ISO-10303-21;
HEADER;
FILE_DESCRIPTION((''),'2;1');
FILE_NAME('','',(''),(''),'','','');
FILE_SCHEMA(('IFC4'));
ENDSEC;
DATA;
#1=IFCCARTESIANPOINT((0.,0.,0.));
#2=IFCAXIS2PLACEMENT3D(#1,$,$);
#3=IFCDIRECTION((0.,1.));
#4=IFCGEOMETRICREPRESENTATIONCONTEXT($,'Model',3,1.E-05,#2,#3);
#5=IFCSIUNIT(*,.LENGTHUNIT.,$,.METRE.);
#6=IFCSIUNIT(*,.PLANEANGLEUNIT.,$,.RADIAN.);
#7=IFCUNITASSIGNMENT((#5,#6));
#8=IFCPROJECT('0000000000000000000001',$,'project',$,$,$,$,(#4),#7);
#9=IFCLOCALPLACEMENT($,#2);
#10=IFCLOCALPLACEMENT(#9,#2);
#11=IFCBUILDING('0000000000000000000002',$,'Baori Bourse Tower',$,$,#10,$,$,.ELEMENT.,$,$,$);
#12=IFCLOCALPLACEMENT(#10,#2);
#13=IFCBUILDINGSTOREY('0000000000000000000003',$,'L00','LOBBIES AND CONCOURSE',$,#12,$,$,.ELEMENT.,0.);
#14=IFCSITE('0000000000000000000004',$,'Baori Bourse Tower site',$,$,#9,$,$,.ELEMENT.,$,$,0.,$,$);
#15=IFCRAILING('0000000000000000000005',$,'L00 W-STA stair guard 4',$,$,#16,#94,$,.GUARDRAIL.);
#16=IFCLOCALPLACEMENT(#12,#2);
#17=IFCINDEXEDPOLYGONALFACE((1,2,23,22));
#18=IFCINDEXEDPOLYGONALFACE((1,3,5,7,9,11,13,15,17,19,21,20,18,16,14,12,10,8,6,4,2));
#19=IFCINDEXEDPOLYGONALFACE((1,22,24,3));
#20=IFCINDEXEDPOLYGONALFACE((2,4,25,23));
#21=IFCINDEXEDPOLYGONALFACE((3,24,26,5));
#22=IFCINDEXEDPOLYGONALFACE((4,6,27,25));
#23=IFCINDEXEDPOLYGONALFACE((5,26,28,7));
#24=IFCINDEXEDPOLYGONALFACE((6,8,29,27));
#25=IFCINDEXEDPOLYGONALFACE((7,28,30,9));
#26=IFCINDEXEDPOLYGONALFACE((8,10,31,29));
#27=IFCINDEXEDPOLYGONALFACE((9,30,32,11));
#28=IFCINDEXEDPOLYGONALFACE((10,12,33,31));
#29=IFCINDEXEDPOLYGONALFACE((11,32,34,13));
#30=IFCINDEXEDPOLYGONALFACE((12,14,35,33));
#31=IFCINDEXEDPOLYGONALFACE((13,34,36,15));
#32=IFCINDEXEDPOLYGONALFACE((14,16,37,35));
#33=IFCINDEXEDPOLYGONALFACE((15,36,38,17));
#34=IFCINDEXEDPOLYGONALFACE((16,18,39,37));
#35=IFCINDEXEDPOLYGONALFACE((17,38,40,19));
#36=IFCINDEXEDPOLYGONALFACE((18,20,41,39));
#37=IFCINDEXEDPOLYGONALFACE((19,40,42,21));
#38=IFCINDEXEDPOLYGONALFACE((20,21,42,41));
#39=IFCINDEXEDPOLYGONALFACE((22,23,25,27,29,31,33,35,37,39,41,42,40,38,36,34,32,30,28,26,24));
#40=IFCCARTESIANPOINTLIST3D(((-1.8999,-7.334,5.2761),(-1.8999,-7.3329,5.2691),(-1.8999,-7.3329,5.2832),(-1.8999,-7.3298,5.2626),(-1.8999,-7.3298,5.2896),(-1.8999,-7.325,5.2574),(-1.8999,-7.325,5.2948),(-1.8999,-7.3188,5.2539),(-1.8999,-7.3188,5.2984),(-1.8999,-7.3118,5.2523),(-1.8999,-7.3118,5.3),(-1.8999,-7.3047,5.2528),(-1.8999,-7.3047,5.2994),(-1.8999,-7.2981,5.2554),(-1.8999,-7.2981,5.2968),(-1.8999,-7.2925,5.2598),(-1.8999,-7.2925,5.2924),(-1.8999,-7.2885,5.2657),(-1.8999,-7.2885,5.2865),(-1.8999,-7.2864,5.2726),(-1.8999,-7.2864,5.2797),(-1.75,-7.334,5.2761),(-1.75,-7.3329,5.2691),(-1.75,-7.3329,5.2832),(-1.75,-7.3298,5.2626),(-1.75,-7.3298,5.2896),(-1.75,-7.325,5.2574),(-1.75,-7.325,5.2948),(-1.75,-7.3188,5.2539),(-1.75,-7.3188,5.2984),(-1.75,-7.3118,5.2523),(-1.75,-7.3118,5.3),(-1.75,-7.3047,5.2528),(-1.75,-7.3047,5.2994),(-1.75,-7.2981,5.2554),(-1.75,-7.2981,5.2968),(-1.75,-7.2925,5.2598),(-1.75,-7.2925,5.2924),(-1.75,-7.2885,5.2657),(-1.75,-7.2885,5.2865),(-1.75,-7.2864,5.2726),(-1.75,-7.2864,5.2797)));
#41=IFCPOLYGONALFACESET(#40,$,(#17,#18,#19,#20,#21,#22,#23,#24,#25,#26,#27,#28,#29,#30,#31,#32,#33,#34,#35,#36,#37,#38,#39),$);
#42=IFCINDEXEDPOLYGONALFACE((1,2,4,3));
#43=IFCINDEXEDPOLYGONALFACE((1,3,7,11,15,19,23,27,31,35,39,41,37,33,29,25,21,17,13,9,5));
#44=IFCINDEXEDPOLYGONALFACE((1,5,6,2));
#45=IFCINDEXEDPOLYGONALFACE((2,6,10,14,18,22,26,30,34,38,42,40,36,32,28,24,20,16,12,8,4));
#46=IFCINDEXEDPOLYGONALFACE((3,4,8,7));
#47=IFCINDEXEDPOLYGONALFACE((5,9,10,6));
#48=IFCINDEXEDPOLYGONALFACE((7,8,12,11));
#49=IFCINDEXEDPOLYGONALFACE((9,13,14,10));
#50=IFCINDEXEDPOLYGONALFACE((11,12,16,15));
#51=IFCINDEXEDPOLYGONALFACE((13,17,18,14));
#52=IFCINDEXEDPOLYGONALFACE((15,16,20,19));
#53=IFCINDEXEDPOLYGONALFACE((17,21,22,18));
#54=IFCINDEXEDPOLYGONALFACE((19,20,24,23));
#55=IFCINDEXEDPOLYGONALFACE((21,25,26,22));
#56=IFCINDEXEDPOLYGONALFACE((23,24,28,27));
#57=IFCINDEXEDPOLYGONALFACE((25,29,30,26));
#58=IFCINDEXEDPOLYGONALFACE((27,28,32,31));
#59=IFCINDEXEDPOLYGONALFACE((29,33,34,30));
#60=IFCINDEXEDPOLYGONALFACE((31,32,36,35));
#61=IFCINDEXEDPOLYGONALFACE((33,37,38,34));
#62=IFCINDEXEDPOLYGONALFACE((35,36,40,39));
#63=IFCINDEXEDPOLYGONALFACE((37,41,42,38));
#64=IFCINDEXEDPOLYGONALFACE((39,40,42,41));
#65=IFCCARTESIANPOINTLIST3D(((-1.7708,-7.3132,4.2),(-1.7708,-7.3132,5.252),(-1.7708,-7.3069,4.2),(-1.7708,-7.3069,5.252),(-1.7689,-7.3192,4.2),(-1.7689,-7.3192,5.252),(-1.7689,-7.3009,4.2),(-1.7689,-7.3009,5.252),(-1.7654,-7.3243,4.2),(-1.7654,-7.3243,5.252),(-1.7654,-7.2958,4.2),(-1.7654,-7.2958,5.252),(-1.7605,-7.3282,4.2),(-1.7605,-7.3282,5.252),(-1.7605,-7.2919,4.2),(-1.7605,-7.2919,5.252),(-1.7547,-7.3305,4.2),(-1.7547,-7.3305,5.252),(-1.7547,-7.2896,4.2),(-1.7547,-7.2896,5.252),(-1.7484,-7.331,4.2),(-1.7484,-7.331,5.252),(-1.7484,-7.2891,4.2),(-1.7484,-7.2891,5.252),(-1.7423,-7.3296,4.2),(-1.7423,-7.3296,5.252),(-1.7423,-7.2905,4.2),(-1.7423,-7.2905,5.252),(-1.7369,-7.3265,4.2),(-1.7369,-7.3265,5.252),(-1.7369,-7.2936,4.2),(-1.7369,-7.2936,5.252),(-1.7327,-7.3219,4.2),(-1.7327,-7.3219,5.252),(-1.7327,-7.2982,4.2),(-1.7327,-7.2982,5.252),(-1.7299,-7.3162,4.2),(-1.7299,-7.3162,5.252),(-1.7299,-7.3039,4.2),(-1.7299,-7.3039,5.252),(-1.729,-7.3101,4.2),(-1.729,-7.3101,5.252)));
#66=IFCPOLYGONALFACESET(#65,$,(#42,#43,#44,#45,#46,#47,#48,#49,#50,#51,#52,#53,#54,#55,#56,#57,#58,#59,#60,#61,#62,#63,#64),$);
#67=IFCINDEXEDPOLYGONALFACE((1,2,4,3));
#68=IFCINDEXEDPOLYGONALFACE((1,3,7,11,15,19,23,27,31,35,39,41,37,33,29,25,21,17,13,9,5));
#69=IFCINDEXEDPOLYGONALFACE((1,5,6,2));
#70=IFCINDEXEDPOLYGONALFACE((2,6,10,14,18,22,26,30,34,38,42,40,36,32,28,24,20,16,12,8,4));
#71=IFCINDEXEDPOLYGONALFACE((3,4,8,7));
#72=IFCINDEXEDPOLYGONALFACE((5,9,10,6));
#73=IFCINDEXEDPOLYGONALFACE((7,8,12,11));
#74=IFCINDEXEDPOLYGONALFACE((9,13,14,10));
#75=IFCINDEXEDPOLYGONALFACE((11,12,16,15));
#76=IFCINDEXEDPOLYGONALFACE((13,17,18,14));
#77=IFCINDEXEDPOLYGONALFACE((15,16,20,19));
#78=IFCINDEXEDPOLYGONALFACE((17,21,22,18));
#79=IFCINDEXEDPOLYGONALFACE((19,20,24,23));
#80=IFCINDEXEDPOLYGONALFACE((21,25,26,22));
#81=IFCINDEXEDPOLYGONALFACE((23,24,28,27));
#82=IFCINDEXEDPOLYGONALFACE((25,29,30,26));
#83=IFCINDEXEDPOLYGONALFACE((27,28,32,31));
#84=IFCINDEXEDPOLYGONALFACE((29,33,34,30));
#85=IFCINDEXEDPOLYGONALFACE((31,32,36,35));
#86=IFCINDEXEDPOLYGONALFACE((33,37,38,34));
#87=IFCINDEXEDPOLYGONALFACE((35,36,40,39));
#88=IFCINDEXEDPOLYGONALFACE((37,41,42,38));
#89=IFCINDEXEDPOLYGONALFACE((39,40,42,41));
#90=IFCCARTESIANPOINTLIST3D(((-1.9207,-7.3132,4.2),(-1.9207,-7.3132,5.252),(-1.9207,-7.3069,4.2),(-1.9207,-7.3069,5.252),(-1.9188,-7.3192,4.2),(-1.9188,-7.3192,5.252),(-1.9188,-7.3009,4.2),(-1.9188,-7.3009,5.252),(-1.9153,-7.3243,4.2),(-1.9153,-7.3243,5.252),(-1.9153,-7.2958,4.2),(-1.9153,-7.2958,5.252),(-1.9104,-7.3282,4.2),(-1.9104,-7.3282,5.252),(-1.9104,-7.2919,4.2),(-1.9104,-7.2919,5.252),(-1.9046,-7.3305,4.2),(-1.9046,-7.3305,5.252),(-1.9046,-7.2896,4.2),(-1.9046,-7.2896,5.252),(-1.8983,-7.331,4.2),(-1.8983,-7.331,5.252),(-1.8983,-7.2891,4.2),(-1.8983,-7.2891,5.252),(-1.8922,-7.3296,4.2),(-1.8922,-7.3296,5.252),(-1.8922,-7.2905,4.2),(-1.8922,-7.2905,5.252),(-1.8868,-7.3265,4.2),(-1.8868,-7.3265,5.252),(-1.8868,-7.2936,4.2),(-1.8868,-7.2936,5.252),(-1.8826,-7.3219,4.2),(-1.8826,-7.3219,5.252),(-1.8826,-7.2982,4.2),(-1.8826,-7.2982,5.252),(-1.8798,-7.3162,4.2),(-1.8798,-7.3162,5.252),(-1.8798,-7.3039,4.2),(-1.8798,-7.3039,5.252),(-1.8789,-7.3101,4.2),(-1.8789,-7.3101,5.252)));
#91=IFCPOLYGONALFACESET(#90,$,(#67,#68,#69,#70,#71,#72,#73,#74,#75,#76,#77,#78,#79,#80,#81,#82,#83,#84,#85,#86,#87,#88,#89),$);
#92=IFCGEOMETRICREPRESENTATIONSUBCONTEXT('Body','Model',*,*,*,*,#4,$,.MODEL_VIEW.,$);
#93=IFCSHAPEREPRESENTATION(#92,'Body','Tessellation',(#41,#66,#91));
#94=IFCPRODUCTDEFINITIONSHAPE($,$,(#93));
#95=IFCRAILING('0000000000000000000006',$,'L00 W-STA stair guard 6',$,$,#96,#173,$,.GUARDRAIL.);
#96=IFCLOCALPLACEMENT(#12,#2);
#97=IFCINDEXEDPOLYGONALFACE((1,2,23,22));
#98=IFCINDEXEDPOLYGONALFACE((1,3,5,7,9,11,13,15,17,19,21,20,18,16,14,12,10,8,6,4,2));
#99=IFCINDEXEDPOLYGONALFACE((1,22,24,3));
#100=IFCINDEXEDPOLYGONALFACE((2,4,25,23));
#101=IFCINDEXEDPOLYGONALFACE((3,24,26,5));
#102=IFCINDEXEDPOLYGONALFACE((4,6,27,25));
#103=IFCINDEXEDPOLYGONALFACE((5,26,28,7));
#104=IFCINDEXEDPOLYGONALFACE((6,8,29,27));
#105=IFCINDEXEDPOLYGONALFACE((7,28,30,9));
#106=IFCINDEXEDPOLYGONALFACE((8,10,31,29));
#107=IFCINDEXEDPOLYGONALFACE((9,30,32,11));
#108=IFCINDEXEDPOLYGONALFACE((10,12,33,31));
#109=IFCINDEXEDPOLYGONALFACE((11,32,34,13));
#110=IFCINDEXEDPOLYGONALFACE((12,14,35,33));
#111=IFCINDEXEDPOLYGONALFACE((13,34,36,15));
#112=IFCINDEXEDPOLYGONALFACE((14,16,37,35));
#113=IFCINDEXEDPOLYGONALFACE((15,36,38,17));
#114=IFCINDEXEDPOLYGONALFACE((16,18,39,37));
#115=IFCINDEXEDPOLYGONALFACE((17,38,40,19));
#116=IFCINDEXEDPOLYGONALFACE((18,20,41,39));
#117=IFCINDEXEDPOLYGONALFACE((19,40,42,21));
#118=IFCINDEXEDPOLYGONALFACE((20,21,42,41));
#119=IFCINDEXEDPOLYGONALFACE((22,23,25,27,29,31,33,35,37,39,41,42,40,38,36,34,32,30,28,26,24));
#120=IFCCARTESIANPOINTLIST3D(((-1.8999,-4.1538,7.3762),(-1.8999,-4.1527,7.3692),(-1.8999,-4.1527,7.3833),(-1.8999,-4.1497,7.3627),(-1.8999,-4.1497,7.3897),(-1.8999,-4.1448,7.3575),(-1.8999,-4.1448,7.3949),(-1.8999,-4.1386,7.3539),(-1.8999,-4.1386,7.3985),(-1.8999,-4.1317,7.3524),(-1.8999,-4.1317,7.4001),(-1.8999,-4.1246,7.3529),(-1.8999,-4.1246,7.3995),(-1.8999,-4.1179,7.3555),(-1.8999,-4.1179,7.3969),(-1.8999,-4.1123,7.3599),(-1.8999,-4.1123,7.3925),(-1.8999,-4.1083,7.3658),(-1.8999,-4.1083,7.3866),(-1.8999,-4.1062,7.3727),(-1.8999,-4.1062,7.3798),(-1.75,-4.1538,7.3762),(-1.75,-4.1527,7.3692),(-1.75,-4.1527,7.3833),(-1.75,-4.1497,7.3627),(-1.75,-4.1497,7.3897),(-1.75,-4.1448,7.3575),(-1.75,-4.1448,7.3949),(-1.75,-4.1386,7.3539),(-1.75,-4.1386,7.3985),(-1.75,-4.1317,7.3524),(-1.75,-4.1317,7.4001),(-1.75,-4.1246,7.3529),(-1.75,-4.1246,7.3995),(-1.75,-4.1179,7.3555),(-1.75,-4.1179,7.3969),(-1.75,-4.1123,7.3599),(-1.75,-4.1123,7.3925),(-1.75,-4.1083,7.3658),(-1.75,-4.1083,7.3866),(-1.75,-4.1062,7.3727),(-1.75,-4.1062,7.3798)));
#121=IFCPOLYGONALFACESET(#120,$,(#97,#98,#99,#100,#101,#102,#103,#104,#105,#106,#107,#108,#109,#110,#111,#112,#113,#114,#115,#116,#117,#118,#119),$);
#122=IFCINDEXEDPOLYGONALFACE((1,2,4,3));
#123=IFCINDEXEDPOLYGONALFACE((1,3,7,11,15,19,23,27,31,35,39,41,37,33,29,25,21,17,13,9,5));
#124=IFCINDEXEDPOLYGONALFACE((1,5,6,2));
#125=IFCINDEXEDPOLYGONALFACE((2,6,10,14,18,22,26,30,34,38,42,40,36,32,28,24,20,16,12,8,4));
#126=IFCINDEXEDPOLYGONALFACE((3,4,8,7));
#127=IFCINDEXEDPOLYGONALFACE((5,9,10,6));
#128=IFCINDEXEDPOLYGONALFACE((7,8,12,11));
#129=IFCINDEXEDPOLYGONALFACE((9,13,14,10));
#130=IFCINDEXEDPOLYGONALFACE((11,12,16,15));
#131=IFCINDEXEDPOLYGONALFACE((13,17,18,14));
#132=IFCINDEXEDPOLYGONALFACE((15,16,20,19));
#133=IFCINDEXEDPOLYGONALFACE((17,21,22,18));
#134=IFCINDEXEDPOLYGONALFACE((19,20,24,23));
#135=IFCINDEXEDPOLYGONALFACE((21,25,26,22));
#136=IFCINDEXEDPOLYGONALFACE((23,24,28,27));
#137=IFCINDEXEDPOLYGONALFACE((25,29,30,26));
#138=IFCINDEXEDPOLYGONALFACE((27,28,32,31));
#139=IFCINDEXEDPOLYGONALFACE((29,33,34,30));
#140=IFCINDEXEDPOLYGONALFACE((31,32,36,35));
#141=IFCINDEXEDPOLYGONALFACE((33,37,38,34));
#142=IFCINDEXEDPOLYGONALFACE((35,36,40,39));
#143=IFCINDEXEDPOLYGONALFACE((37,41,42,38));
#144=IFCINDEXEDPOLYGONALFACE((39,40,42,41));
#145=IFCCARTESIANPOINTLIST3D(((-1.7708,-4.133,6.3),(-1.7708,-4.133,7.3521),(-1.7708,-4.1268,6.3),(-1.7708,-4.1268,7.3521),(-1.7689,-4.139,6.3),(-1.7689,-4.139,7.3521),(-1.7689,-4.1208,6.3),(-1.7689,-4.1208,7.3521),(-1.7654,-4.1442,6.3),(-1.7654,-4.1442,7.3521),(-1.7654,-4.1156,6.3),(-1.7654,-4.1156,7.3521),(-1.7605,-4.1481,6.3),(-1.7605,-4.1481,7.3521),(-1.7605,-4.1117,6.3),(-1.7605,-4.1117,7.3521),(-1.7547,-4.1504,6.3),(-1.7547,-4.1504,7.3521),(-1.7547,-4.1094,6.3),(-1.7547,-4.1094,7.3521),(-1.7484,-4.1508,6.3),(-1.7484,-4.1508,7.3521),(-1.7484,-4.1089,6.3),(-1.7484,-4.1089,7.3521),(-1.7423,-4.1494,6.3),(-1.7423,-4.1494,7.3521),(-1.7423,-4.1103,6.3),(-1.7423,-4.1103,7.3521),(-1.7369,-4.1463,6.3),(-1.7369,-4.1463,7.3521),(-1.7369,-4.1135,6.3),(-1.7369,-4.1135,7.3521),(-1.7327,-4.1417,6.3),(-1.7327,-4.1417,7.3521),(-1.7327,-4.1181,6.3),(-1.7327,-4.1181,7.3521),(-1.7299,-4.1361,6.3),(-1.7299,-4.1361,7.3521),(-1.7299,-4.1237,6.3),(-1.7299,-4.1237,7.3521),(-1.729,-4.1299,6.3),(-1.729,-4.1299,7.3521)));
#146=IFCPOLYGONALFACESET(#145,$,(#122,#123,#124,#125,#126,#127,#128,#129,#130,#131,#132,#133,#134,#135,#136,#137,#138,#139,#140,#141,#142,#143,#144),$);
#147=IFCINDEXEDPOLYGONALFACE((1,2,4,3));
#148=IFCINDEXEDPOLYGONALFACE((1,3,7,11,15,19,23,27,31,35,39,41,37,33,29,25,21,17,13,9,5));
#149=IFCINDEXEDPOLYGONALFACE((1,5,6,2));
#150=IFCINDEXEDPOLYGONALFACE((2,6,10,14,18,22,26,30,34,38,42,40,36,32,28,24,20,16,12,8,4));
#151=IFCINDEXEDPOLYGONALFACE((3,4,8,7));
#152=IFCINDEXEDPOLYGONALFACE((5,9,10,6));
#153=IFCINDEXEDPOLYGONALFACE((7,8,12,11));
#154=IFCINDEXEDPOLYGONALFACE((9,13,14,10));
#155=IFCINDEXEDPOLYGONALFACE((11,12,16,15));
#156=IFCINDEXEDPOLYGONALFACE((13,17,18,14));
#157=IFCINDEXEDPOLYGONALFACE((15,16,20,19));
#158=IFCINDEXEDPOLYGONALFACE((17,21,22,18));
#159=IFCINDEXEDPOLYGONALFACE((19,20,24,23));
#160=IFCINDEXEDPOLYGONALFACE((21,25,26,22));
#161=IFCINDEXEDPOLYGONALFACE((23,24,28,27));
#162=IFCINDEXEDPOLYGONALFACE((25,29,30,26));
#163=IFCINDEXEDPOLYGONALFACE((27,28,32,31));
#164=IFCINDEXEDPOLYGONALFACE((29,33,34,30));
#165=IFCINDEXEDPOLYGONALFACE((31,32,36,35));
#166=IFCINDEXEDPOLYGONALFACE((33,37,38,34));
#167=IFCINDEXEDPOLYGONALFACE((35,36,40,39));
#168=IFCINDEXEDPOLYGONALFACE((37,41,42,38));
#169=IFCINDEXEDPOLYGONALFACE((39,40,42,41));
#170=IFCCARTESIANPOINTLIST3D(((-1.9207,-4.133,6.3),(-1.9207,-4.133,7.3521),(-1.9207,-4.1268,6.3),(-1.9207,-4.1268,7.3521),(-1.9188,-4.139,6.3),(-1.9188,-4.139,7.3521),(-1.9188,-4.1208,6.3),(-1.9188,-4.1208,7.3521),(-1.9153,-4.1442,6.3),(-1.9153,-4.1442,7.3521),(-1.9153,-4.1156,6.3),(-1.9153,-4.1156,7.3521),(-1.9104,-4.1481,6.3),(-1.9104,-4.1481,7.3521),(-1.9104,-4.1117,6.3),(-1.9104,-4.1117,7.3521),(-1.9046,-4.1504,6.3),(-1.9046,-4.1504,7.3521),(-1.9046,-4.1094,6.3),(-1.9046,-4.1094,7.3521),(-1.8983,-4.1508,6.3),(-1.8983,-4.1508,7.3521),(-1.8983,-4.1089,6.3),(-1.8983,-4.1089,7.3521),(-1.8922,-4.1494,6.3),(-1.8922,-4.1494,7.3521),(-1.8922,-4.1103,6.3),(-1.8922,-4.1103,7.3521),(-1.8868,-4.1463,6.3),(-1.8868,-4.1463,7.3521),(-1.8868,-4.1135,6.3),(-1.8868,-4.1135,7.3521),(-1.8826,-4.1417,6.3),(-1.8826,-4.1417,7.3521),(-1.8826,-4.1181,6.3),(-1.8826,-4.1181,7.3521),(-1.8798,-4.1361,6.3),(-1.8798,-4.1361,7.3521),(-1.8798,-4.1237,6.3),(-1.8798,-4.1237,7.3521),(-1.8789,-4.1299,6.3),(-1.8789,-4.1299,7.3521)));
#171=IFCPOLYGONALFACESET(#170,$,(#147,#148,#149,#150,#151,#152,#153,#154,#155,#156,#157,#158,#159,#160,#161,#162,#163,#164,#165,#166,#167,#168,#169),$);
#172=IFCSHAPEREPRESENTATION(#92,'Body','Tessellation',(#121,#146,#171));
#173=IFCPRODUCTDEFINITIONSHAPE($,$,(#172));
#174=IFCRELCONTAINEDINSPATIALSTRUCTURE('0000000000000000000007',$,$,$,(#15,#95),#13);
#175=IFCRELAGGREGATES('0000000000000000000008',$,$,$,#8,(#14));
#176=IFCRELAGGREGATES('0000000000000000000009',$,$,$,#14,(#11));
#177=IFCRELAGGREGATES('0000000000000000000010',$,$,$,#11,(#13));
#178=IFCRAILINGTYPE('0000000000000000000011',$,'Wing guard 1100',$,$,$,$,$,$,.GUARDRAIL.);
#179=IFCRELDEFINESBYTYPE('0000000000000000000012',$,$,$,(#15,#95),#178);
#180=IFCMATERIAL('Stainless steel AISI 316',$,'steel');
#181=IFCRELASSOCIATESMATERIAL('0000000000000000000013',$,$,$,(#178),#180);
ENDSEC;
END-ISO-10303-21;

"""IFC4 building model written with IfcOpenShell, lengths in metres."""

from ifc_helpers import new_model, si_unit, direction, frame, origin, origin_2d, place, context, subcontext, project, spatial, circle, extrude, material, type_object, element, save


model = new_model("IFC4")

# Units and contexts
model_context = context("Model", 3, precision=1e-05, world=origin(), true_north=direction((0.0, 1.0)))
body_context = subcontext(model_context, "Body", "Model", "MODEL_VIEW")
ifc_project = project(units=[si_unit("LENGTHUNIT", "METRE"), si_unit("PLANEANGLEUNIT", "RADIAN")], contexts=[model_context])

# Site, building, storey
site_placement = place(None, origin())
site = spatial("IfcSite", under=ifc_project, at=site_placement, Name="Baori Bourse Tower site", CompositionType="ELEMENT", RefElevation=0.0)
building_placement = place(site_placement, origin())
building = spatial("IfcBuilding", under=site, at=building_placement, Name="Baori Bourse Tower", CompositionType="ELEMENT")
storey_placement = place(building_placement, origin())
storey = spatial("IfcBuildingStorey", under=building, at=storey_placement, Name="L00", Description="LOBBIES AND CONCOURSE", CompositionType="ELEMENT", Elevation=0.0)

# Railings
ifc_material_1 = material(Name="Stainless steel AISI 316", Category="steel")
railing_type_1 = type_object("IfcRailingType", Name="Wing guard 1100", PredefinedType="GUARDRAIL", material=ifc_material_1)
for number, where, name in (
    (1, (-1.75, -7.3101, 4.2), "L00 W-STA stair guard 4"),
    (2, (-1.75, -4.1299, 6.3), "L00 W-STA stair guard 6"),
):
    element("IfcRailing", number, at=place(storey_placement, frame(where)), inside=storey, type_object=railing_type_1, Name=name, PredefinedType="GUARDRAIL", context=body_context, shape_type="SweptSolid", body=[
        extrude(circle(Radius=0.0239, at=origin_2d()), frame((0.0, 0.0, 1.0762), z_axis=(-1.0, 0.0, 0.0), x_axis=(0.0, -1.0, 0.0)), (0.0, 0.0, 1.0), 0.1499),
        extrude(circle(Radius=0.021, at=origin_2d()), origin(), (0.0, 0.0, 1.0), 1.052),
        extrude(circle(Radius=0.021, at=origin_2d()), frame((-0.1499, 0.0, 0.0)), (0.0, 0.0, 1.0), 1.052),
    ])

save(model, "model.ifc")
